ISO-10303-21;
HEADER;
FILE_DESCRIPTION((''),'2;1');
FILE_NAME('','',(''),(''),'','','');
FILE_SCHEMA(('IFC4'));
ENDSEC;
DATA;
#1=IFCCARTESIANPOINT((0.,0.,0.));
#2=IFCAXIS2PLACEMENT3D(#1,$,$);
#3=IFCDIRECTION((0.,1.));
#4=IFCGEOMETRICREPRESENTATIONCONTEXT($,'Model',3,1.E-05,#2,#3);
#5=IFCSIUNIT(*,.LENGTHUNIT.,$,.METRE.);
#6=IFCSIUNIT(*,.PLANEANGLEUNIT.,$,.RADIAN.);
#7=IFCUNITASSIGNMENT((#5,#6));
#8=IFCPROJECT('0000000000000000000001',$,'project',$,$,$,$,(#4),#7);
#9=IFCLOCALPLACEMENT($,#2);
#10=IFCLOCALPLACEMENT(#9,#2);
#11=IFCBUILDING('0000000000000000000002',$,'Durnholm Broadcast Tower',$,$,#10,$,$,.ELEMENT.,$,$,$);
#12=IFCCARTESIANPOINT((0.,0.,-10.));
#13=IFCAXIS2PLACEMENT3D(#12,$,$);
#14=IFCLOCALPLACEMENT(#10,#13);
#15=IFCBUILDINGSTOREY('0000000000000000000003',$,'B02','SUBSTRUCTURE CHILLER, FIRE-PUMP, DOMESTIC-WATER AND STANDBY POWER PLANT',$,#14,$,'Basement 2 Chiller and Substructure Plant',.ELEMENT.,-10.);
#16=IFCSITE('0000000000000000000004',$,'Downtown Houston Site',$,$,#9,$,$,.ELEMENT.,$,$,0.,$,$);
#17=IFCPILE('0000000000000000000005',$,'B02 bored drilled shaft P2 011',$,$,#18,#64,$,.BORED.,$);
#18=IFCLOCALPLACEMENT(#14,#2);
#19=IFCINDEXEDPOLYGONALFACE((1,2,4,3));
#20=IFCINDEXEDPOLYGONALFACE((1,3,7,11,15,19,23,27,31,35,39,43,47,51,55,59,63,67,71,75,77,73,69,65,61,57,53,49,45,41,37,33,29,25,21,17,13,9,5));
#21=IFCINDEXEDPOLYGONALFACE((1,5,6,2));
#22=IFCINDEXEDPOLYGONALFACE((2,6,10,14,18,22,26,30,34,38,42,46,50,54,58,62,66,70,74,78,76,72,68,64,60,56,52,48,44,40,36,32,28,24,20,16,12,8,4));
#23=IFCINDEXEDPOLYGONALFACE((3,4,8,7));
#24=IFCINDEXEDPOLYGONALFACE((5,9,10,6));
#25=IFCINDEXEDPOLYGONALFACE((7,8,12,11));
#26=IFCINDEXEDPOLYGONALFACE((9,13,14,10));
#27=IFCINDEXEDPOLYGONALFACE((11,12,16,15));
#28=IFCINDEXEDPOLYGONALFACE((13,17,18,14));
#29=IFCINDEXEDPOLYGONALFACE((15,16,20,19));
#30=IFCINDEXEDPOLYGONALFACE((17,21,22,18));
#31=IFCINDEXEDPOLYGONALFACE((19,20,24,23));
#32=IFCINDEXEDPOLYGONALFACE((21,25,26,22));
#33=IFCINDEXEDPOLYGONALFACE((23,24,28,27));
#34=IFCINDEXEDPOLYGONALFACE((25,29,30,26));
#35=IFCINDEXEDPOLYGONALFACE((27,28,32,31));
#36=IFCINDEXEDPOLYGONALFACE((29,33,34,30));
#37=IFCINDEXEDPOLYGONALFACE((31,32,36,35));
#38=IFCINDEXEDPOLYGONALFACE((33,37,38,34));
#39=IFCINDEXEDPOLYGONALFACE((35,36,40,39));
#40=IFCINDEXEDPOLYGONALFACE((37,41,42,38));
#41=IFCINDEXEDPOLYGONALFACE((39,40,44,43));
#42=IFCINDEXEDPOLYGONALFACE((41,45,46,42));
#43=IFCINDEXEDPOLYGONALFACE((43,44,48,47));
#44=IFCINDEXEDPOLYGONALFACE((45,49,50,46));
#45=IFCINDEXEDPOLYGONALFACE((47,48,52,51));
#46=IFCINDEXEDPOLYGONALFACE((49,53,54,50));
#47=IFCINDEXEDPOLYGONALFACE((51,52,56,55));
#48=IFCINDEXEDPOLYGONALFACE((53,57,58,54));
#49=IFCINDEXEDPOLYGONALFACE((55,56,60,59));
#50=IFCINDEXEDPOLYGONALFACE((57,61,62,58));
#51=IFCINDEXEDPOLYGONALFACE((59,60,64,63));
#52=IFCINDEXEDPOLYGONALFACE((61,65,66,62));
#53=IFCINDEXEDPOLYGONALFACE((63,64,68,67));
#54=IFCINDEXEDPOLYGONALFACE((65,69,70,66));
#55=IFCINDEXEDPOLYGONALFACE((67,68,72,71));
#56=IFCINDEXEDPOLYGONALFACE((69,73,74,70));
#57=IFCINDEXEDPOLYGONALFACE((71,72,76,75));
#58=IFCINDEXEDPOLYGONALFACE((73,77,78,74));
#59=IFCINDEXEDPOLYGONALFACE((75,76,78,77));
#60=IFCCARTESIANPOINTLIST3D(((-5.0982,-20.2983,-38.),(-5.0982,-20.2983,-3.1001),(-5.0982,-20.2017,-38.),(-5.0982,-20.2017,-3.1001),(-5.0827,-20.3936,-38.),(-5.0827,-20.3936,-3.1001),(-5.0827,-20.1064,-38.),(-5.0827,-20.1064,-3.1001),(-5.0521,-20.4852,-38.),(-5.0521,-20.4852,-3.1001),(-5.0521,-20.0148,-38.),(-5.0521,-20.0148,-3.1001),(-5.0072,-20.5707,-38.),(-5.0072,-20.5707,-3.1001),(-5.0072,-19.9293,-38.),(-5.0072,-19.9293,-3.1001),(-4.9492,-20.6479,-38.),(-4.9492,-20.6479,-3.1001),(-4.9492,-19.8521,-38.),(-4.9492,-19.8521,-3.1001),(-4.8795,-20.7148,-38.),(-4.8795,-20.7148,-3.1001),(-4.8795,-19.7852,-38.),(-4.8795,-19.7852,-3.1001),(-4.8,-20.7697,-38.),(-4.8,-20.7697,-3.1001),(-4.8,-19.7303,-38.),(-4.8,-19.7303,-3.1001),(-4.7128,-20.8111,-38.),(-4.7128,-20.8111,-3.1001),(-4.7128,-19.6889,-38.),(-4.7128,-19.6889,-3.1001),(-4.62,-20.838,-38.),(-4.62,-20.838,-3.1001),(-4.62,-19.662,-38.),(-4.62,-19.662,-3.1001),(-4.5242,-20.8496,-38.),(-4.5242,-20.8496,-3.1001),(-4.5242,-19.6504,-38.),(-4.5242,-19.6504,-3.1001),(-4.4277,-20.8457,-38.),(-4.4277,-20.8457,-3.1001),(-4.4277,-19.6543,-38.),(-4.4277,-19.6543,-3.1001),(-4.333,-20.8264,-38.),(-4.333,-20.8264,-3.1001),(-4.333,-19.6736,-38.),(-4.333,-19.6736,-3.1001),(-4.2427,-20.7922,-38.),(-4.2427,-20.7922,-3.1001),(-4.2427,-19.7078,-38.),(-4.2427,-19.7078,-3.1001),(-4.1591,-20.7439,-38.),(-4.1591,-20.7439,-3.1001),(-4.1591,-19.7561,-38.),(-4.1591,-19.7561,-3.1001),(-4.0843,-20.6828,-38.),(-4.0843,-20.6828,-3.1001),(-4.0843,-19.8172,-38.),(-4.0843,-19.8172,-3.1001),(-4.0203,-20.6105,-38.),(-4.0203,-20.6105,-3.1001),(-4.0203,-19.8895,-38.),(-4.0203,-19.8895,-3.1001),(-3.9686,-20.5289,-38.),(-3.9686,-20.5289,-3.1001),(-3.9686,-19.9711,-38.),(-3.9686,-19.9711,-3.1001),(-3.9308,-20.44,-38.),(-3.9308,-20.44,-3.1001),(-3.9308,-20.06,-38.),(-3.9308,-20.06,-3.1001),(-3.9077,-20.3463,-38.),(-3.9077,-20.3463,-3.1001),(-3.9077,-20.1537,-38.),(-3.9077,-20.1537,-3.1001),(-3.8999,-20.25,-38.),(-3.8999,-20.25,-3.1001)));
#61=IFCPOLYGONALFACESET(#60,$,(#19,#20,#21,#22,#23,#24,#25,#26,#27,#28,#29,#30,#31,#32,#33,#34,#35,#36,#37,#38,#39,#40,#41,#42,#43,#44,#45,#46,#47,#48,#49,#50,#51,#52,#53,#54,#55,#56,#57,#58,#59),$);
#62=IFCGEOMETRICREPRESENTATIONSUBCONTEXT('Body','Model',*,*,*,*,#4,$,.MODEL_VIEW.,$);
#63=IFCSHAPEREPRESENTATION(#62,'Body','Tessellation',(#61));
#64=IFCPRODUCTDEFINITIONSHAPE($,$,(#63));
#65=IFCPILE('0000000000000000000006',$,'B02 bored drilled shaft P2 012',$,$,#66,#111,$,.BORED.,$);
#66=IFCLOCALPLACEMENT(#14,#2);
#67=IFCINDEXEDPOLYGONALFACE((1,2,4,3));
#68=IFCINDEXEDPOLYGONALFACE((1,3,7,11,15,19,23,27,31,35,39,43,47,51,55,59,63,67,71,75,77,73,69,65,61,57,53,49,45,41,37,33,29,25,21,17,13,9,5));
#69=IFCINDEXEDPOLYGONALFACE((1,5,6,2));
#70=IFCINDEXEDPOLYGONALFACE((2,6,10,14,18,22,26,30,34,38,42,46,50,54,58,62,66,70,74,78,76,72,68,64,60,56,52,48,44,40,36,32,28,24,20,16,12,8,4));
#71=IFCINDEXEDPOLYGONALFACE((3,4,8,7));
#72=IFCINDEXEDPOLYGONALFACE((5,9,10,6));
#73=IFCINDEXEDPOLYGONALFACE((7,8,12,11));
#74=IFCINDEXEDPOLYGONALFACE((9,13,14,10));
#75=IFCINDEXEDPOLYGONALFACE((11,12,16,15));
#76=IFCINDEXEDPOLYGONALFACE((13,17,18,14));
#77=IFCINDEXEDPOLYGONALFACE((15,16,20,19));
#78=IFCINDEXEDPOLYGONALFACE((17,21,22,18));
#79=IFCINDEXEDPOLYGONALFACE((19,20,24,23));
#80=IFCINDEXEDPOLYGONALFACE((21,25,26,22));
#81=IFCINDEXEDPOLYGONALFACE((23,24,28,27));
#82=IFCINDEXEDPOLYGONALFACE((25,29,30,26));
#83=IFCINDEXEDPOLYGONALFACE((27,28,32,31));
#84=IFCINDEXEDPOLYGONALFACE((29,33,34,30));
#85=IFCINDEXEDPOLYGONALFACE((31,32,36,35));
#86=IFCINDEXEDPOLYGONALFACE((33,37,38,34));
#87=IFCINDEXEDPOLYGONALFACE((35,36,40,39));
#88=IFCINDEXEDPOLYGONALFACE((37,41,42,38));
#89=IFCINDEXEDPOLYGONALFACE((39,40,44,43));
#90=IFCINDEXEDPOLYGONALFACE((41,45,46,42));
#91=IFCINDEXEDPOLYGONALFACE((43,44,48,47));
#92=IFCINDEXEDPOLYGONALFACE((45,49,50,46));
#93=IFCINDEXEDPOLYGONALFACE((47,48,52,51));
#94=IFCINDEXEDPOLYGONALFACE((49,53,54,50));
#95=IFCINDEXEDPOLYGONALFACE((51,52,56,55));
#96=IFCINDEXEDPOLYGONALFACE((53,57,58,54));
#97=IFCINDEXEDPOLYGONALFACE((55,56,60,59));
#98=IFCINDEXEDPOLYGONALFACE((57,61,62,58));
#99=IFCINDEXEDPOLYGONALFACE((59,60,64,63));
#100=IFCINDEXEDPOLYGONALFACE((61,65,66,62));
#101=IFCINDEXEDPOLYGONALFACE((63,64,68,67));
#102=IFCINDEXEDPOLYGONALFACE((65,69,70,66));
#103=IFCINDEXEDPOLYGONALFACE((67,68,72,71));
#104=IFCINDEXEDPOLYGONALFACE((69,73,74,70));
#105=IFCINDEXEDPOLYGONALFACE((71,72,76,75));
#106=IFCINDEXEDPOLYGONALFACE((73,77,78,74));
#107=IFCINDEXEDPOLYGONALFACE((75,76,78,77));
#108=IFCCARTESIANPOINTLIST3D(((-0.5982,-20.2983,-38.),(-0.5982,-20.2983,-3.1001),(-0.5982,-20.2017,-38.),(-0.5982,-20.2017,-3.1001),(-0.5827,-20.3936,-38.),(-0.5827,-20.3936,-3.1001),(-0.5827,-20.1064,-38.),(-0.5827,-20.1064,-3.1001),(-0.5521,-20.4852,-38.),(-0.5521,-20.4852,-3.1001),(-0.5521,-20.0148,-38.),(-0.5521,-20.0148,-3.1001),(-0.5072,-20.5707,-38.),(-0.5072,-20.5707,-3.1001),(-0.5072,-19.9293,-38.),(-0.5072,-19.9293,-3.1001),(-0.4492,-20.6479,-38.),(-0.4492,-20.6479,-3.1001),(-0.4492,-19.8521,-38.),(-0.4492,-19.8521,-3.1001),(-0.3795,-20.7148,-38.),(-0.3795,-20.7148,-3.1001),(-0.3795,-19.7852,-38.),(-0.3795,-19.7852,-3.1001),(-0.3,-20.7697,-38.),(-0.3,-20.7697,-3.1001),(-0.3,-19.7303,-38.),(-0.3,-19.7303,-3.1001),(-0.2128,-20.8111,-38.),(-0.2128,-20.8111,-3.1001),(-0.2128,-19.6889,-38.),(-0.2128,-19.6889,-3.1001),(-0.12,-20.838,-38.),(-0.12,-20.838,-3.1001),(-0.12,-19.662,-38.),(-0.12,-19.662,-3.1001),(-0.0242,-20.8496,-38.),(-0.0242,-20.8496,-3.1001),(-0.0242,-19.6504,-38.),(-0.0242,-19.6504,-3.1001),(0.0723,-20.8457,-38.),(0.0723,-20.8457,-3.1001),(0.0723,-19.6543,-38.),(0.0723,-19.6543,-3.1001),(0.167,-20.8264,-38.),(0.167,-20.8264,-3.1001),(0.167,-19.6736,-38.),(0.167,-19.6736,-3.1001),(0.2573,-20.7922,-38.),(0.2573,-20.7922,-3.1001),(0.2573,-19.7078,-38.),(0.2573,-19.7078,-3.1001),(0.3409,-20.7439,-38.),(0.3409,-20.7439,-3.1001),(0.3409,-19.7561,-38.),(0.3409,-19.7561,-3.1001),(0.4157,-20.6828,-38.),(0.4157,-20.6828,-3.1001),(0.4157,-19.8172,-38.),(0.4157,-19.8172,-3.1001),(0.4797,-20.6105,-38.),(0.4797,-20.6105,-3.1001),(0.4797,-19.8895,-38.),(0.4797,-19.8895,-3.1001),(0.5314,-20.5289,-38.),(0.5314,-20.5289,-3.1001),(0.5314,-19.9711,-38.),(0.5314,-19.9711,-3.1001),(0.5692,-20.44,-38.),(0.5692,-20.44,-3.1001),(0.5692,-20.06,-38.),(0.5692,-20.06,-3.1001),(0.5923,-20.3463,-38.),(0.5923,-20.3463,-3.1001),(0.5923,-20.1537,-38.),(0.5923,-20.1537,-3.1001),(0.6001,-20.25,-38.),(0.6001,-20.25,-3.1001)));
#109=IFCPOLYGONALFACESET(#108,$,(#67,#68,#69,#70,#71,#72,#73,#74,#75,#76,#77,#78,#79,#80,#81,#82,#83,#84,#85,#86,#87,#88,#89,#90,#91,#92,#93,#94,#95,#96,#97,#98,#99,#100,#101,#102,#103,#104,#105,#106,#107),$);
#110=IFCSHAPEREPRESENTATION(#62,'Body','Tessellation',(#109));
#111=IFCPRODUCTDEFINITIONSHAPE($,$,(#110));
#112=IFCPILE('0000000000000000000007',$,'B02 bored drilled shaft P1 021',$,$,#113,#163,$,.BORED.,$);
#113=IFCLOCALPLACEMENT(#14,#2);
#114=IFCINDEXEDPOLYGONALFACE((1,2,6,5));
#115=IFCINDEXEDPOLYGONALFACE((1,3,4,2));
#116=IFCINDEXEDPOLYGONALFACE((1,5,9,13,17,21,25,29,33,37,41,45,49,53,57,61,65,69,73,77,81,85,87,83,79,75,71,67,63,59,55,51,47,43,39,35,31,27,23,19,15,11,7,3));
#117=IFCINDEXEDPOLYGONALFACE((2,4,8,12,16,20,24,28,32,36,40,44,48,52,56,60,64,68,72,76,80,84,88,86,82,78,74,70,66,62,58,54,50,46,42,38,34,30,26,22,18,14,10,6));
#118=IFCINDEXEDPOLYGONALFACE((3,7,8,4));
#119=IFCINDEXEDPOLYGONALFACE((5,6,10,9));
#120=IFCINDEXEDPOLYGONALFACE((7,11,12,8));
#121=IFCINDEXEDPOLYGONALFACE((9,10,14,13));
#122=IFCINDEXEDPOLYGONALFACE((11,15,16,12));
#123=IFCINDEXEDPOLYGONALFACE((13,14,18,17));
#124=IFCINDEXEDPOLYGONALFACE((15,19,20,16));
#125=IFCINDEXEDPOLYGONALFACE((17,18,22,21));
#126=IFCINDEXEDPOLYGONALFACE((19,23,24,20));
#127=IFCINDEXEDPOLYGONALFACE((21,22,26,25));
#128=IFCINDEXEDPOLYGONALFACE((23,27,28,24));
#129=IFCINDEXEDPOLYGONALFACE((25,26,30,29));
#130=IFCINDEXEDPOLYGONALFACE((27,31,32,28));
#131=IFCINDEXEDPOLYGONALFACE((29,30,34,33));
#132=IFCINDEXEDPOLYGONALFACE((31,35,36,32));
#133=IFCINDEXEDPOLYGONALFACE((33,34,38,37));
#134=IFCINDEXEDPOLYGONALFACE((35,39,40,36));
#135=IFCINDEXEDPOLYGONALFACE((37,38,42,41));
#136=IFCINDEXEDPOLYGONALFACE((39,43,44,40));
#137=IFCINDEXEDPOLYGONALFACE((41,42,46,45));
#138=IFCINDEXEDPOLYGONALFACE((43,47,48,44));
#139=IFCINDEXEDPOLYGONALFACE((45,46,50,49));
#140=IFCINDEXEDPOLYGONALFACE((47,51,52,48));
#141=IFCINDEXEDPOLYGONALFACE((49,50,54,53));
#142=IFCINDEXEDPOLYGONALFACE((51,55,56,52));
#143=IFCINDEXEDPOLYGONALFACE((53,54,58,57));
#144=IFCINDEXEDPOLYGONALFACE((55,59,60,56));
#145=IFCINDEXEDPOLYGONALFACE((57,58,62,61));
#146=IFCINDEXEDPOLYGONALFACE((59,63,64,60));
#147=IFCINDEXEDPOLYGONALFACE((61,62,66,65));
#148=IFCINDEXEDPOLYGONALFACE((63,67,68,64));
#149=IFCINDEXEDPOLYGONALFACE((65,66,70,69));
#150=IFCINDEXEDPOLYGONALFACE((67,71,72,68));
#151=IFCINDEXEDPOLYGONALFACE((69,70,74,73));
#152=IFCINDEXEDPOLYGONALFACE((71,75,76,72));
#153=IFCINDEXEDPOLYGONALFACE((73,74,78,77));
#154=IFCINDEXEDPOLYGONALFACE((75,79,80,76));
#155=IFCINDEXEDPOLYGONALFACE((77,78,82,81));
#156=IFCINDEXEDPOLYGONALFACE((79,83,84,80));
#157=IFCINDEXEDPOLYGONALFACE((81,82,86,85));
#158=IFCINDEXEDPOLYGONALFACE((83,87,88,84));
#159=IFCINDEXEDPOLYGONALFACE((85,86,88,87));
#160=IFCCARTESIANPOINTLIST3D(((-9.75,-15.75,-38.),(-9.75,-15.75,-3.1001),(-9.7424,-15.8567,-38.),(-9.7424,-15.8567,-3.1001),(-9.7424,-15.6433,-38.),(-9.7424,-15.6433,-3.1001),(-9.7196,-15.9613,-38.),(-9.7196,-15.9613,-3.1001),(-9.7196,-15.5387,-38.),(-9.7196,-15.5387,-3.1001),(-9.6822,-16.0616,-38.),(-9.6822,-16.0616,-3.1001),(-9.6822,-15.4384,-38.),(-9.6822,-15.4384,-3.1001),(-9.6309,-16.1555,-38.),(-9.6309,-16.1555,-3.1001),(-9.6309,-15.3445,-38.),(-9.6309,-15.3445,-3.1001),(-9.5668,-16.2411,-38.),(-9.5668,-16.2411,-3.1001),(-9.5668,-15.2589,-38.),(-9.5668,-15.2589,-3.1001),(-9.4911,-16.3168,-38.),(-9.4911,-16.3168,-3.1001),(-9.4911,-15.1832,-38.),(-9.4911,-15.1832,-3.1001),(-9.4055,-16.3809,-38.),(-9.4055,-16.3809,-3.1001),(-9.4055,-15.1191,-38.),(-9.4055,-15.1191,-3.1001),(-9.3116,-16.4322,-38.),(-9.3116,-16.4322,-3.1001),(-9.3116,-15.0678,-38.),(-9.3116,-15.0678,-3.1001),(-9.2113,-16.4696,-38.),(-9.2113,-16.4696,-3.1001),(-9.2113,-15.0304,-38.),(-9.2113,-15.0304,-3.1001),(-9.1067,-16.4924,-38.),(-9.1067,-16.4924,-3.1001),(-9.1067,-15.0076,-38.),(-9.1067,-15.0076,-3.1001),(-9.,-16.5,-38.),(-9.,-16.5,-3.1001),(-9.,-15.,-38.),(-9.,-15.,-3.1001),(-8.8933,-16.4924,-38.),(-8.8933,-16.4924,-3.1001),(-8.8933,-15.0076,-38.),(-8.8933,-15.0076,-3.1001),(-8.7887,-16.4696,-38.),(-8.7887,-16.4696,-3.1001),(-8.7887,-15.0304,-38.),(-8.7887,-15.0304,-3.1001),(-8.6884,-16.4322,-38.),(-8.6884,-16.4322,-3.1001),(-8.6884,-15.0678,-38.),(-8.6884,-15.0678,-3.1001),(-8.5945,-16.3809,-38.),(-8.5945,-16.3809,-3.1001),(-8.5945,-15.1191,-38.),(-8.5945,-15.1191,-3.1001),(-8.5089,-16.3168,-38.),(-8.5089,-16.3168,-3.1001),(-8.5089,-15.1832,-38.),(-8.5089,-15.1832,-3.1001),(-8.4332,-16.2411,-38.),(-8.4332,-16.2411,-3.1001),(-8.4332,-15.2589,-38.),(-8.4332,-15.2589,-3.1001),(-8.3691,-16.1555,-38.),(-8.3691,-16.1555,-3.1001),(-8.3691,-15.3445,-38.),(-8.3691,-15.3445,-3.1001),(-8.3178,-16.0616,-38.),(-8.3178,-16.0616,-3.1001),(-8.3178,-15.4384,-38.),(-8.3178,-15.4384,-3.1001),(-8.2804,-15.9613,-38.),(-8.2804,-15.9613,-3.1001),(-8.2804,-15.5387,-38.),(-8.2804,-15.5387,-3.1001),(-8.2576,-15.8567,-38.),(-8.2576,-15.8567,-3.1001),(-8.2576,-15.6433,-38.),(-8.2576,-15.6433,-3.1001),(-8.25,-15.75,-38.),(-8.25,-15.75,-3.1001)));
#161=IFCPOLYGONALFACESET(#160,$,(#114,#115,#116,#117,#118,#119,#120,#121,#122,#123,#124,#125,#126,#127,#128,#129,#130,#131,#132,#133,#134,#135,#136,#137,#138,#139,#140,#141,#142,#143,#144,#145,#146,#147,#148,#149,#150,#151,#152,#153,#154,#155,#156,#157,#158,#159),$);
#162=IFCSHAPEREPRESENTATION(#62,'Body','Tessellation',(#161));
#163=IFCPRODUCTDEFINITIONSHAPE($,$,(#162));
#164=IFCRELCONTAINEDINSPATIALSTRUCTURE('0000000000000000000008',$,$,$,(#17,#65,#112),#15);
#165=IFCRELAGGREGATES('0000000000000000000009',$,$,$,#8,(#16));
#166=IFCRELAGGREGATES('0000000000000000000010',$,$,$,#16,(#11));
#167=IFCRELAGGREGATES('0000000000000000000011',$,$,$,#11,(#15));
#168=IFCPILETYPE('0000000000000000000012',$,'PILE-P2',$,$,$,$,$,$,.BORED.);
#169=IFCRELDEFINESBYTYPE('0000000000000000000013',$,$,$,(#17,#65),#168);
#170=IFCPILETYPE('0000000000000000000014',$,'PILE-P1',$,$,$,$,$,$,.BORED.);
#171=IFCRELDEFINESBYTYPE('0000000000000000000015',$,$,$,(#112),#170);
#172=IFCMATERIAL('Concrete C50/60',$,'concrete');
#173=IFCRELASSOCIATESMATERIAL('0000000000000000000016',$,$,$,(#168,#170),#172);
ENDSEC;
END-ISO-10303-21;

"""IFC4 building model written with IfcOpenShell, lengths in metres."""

from ifc_helpers import new_model, si_unit, direction, frame, origin, origin_2d, place, context, subcontext, project, spatial, circle, extrude, source, transform, mapped, material, material_profile, profile_set, type_object, type_shapes, element, save


model = new_model("IFC4")

# Units and contexts
model_context = context("Model", 3, precision=1e-05, world=origin(), true_north=direction((0.0, 1.0)))
body_context = subcontext(model_context, "Body", "Model", "MODEL_VIEW")
ifc_project = project(units=[si_unit("LENGTHUNIT", "METRE"), si_unit("PLANEANGLEUNIT", "RADIAN")], contexts=[model_context])

# Site, building, storey
site_placement = place(None, origin())
site = spatial("IfcSite", under=ifc_project, at=site_placement, Name="Downtown Houston Site", CompositionType="ELEMENT", RefElevation=0.0)
building_placement = place(site_placement, origin())
building = spatial("IfcBuilding", under=site, at=building_placement, Name="Durnholm Broadcast Tower", CompositionType="ELEMENT")
storey_placement = place(building_placement, frame((0.0, 0.0, -10.0)))
storey = spatial("IfcBuildingStorey", under=building, at=storey_placement, Name="B02", Description="SUBSTRUCTURE CHILLER, FIRE-PUMP, DOMESTIC-WATER AND STANDBY POWER PLANT", LongName="Basement 2 Chiller and Substructure Plant", CompositionType="ELEMENT", Elevation=-10.0)

# Piles
ifc_material_1 = material(Name="Concrete C50/60", Category="concrete")
ifc_material_profile_1 = material_profile(ifc_material_1, circle(Radius=0.6001, at=origin_2d()), Name="PILE1200")
ifc_profile_set_1 = profile_set([ifc_material_profile_1], Name="Concrete C50/60")
pile_type_1 = type_object("IfcPileType", Name="PILE-P2", PredefinedType="BORED", material=ifc_profile_set_1)
shared_shape_1 = source(origin(), body_context, "Body", "SweptSolid", [
    extrude(circle(Radius=0.6001, at=origin_2d()), origin(), (0.0, 0.0, 1.0), 34.8999),
])
type_shapes(pile_type_1, [shared_shape_1])
for number, where, z_axis, x_axis, name in (
    (1, (-4.5, -20.25, -3.1001), (0.0, 0.0, -1.0), (1.0, 0.0, 0.0), "B02 bored drilled shaft P2 011"),
    (2, (0.0, -20.25, -3.1001), (0.0, 0.0, -1.0), (1.0, 0.0, 0.0), "B02 bored drilled shaft P2 012"),
):
    element("IfcPile", number, at=place(storey_placement, frame(where, z_axis=z_axis, x_axis=x_axis)), inside=storey, type_object=pile_type_1, Name=name, PredefinedType="BORED", context=body_context, shape_type="MappedRepresentation", body=[
        mapped(shared_shape_1, transform((0.0, 0.0, 0.0), x_axis=(1.0, 0.0, 0.0), y_axis=(0.0, 1.0, 0.0), z_axis=(0.0, 0.0, 1.0), scale=1.0)),
    ])
ifc_material_profile_2 = material_profile(ifc_material_1, circle(Radius=0.75, at=origin_2d()), Name="PILE1500")
ifc_profile_set_2 = profile_set([ifc_material_profile_2], Name="Concrete C50/60")
pile_type_2 = type_object("IfcPileType", Name="PILE-P1", PredefinedType="BORED", material=ifc_profile_set_2)
shared_shape_2 = source(origin(), body_context, "Body", "SweptSolid", [
    extrude(circle(Radius=0.75, at=origin_2d()), origin(), (0.0, 0.0, 1.0), 34.8999),
])
type_shapes(pile_type_2, [shared_shape_2])
for number, where, z_axis, x_axis, name in (
    (3, (-9.0, -15.75, -3.1001), (0.0, 0.0, -1.0), (1.0, 0.0, 0.0), "B02 bored drilled shaft P1 021"),
):
    element("IfcPile", number, at=place(storey_placement, frame(where, z_axis=z_axis, x_axis=x_axis)), inside=storey, type_object=pile_type_2, Name=name, PredefinedType="BORED", context=body_context, shape_type="MappedRepresentation", body=[
        mapped(shared_shape_2, transform((0.0, 0.0, 0.0), x_axis=(1.0, 0.0, 0.0), y_axis=(0.0, 1.0, 0.0), z_axis=(0.0, 0.0, 1.0), scale=1.0)),
    ])

save(model, "model.ifc")
